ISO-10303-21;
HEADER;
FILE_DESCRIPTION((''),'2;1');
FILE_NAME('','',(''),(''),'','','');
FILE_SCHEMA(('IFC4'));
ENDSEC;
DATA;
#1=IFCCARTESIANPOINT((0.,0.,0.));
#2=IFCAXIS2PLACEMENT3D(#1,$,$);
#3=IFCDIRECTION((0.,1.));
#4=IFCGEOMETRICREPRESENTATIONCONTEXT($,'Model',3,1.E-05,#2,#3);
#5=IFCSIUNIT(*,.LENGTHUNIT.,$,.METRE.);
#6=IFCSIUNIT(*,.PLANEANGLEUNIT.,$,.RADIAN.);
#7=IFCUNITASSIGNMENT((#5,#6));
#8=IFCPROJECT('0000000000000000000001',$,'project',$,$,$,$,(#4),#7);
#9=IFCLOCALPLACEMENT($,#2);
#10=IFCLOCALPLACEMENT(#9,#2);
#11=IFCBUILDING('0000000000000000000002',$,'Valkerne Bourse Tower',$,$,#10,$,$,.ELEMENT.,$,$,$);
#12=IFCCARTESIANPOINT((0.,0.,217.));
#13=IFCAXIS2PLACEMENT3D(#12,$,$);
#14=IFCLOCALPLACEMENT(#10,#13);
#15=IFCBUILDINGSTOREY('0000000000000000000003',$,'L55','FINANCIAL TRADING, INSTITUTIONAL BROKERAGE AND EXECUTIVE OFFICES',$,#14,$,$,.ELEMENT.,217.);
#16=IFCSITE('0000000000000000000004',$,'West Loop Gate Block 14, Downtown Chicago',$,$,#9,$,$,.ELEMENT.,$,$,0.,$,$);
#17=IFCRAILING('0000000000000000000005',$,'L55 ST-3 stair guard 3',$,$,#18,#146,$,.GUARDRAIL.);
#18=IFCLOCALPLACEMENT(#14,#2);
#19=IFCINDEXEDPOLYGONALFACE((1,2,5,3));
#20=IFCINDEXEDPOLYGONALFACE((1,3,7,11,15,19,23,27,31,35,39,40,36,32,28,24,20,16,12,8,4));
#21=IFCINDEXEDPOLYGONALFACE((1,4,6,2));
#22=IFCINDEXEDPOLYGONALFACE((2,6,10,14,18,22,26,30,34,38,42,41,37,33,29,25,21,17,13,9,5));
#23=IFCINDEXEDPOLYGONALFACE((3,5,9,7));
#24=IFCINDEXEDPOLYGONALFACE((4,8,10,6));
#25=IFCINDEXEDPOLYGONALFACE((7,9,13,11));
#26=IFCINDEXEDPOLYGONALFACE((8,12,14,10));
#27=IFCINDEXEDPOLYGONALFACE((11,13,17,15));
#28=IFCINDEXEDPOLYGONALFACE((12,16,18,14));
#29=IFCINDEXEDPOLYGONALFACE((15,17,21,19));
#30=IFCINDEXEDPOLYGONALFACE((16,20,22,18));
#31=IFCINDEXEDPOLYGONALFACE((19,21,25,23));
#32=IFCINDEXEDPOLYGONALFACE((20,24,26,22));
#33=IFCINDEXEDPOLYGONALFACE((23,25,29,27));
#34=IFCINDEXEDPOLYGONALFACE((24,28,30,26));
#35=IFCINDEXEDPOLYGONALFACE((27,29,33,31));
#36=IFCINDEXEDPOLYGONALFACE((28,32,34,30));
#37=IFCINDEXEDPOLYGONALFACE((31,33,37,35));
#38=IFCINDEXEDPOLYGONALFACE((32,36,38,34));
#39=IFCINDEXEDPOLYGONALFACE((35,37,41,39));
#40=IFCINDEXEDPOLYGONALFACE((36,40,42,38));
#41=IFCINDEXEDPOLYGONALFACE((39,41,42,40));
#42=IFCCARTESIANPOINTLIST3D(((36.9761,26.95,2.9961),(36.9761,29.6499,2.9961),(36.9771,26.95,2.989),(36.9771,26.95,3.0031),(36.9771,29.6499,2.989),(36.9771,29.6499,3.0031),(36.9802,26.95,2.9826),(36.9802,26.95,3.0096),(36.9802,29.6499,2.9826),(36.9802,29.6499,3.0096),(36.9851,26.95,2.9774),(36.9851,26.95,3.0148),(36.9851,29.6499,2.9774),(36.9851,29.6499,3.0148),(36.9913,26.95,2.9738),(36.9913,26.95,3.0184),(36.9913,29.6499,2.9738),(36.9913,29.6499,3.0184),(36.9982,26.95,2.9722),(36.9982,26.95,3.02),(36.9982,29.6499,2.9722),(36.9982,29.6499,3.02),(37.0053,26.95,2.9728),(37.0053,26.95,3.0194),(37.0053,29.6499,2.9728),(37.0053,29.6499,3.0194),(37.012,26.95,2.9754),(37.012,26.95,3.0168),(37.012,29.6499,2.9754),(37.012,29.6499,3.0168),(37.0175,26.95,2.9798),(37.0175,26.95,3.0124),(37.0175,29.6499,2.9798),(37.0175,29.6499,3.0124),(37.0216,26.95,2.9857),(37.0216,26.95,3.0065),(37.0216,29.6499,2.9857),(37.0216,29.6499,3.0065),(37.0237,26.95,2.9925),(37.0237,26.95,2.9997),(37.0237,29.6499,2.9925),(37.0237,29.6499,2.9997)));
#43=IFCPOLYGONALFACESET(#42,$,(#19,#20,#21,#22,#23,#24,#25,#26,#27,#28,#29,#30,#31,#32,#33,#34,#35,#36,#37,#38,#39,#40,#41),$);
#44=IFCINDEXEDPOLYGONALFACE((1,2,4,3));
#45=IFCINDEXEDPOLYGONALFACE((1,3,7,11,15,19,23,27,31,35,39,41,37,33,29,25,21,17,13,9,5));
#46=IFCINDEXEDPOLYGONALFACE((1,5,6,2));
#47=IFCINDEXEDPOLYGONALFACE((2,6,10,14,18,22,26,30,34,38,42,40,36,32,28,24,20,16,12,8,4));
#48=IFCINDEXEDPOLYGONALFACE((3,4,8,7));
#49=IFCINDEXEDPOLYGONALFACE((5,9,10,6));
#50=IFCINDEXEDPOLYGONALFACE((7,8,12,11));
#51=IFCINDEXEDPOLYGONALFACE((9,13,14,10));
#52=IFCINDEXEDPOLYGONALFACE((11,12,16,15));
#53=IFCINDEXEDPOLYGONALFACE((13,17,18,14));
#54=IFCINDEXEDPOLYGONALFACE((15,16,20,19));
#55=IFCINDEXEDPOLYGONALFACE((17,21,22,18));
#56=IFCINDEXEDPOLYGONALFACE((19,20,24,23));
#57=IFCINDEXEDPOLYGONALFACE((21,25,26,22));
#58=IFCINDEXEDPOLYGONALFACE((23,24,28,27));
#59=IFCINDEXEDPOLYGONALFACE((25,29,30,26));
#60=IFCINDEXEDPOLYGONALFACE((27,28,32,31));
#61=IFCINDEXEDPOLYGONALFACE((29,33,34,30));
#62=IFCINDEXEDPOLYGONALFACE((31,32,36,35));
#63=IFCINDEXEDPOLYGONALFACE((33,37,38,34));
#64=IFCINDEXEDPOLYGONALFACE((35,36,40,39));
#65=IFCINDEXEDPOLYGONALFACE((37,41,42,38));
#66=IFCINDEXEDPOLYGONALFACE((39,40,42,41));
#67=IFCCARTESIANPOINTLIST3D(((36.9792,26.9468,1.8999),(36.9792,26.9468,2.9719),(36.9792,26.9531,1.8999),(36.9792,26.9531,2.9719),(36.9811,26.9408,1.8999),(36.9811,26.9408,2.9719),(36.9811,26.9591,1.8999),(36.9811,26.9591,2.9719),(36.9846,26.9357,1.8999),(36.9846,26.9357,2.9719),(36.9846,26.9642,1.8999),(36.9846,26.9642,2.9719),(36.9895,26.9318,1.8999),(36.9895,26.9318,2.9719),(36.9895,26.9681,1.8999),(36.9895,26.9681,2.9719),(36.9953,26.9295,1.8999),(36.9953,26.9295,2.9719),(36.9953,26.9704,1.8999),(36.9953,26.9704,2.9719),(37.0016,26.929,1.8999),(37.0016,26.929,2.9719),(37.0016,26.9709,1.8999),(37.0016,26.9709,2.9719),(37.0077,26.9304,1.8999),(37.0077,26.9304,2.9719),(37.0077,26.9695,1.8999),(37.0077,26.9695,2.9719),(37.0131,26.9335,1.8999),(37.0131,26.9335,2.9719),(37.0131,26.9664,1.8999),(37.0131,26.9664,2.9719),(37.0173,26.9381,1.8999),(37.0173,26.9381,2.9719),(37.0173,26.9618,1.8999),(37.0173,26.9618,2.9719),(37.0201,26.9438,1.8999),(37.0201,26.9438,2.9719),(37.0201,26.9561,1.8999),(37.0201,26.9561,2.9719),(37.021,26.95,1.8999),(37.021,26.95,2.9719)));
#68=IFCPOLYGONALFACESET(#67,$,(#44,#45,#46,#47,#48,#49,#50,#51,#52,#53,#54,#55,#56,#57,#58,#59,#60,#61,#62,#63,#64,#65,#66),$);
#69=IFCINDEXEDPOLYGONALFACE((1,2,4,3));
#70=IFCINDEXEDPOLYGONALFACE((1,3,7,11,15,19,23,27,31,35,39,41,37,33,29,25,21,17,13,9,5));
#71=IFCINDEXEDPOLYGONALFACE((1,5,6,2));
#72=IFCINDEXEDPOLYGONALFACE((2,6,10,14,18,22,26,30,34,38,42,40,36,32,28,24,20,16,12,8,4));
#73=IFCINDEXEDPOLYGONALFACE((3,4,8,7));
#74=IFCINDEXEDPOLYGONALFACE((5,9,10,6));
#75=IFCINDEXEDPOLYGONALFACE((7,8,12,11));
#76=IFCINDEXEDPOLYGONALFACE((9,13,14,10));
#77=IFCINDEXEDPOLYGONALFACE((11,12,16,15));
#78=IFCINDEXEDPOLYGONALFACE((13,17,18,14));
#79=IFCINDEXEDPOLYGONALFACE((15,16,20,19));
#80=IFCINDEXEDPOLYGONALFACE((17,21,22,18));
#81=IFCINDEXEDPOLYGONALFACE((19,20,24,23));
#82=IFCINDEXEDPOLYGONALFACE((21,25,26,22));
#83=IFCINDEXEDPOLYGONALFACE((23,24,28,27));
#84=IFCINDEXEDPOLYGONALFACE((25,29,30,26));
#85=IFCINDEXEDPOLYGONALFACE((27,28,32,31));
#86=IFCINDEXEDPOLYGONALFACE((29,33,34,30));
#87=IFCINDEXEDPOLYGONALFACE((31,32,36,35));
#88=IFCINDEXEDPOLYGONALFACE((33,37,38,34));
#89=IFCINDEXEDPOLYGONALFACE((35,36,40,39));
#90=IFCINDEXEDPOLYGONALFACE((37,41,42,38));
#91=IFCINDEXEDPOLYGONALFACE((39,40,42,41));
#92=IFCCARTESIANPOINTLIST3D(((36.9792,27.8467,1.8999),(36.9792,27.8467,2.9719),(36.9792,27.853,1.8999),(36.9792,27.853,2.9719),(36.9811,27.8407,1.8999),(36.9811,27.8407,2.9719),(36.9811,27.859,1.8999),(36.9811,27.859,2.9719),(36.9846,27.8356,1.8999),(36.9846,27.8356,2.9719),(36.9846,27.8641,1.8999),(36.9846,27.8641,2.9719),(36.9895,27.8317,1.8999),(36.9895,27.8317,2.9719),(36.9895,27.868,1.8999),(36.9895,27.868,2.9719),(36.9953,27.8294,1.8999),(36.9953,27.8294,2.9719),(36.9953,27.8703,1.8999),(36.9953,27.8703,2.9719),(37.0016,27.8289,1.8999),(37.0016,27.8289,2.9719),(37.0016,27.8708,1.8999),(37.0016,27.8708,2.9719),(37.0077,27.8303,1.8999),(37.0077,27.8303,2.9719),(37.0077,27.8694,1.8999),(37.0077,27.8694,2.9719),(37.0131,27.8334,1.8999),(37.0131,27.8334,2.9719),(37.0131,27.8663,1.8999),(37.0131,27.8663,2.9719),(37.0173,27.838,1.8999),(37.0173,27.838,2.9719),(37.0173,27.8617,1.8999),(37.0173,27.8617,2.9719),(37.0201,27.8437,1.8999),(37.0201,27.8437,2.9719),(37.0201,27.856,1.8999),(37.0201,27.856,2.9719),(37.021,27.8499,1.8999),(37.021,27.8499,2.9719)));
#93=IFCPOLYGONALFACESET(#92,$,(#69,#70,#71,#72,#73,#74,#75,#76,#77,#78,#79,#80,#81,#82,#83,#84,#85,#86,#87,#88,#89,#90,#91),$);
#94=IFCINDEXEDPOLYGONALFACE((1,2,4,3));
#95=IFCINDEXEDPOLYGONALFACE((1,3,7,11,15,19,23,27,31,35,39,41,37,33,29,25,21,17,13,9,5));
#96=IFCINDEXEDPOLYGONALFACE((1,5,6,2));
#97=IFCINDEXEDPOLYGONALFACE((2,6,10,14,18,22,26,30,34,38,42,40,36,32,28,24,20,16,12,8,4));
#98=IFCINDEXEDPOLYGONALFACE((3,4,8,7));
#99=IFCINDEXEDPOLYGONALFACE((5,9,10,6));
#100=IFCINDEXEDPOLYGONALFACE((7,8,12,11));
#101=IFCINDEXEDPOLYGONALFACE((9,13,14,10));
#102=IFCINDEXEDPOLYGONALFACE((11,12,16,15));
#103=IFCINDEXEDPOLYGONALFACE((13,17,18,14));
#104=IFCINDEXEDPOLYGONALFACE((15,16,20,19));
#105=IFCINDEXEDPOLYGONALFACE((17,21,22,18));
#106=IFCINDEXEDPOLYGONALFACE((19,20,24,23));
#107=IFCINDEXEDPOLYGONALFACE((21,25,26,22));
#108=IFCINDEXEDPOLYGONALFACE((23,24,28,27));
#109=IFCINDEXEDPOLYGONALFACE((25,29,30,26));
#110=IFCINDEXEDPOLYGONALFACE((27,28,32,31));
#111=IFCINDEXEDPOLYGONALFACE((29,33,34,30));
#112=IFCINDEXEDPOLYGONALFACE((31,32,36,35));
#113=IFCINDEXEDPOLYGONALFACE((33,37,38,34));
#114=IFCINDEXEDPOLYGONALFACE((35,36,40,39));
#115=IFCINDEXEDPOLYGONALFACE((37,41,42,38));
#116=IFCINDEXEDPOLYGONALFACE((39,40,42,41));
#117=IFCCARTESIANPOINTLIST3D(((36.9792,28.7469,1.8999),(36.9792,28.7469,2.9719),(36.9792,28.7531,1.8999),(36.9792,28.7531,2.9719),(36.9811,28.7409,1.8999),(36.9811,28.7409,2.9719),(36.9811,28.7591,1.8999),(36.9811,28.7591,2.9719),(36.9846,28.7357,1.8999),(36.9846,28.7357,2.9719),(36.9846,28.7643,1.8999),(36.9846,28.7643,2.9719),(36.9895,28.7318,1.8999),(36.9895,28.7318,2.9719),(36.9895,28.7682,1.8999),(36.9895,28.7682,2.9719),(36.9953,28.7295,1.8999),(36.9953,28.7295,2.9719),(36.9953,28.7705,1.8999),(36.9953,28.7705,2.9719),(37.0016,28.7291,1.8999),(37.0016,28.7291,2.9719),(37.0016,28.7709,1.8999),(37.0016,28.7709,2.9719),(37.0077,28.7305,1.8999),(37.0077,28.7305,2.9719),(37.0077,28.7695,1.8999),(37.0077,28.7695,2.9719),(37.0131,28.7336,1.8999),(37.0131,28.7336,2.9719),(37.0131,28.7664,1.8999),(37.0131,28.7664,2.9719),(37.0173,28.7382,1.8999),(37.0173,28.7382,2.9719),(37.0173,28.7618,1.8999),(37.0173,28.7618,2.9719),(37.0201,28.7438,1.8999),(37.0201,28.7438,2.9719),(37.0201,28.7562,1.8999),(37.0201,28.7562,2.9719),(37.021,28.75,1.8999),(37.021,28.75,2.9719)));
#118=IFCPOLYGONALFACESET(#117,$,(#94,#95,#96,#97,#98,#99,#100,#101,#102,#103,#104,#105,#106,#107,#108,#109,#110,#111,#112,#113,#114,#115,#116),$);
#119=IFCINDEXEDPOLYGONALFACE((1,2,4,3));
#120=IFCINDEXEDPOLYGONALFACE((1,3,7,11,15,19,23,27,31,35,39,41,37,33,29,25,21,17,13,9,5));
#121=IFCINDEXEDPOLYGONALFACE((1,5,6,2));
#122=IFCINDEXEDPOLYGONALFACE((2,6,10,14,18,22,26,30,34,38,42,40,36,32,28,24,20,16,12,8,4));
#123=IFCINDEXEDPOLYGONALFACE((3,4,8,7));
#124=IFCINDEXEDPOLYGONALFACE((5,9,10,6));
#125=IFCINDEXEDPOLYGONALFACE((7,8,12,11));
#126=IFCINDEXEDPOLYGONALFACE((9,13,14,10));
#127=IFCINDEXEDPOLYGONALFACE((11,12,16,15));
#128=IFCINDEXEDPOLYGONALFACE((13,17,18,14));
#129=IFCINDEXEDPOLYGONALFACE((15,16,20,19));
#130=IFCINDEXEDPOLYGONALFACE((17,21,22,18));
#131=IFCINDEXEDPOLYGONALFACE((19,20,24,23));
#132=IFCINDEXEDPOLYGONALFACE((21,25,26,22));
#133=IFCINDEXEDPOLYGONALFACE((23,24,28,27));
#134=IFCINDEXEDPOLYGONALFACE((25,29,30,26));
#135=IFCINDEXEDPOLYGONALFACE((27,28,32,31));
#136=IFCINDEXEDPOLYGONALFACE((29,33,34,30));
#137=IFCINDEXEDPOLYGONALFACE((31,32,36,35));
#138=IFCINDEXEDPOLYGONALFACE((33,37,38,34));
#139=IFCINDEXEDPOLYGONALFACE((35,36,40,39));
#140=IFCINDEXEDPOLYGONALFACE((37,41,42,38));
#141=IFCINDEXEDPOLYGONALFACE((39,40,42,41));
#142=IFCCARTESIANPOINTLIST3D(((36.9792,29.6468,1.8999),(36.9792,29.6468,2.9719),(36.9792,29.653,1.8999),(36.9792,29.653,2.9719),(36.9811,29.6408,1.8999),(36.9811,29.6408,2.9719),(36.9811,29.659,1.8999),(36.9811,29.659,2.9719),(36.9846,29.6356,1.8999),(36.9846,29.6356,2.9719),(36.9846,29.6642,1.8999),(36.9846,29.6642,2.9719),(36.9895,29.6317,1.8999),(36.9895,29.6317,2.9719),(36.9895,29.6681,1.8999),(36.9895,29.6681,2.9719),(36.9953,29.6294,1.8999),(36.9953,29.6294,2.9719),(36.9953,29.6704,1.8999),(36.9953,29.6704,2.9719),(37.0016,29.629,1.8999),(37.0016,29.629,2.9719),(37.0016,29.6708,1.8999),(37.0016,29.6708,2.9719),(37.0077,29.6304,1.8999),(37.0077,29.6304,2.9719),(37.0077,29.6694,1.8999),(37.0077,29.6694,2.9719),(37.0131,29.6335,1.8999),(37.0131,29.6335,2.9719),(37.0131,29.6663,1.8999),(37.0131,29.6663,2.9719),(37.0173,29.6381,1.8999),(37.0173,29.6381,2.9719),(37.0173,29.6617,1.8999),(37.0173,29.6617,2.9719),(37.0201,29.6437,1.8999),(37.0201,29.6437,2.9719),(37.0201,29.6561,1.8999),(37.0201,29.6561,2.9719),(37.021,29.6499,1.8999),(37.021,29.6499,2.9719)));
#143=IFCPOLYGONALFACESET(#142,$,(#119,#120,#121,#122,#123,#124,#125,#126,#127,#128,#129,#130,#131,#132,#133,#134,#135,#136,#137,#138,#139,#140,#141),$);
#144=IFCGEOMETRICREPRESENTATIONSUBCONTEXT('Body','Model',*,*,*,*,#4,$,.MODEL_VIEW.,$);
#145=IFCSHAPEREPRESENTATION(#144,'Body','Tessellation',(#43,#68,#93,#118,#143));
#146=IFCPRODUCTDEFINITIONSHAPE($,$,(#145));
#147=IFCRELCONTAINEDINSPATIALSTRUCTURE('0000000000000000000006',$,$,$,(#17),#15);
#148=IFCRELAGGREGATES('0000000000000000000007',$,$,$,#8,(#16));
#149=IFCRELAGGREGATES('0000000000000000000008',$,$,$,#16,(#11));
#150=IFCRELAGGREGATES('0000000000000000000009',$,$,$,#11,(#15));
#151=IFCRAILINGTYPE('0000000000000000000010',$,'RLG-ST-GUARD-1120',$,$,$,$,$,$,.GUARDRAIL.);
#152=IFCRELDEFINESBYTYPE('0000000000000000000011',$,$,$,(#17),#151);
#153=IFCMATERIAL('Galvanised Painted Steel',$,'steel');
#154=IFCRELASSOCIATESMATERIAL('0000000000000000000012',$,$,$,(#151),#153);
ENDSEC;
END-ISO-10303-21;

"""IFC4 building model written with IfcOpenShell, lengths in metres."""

from ifc_helpers import new_model, si_unit, direction, frame, origin, origin_2d, place, context, subcontext, project, spatial, circle, extrude, material, type_object, element, save


model = new_model("IFC4")

# Units and contexts
model_context = context("Model", 3, precision=1e-05, world=origin(), true_north=direction((0.0, 1.0)))
body_context = subcontext(model_context, "Body", "Model", "MODEL_VIEW")
ifc_project = project(units=[si_unit("LENGTHUNIT", "METRE"), si_unit("PLANEANGLEUNIT", "RADIAN")], contexts=[model_context])

# Site, building, storey
site_placement = place(None, origin())
site = spatial("IfcSite", under=ifc_project, at=site_placement, Name="West Loop Gate Block 14, Downtown Chicago", CompositionType="ELEMENT", RefElevation=0.0)
building_placement = place(site_placement, origin())
building = spatial("IfcBuilding", under=site, at=building_placement, Name="Valkerne Bourse Tower", CompositionType="ELEMENT")
storey_placement = place(building_placement, frame((0.0, 0.0, 217.0)))
storey = spatial("IfcBuildingStorey", under=building, at=storey_placement, Name="L55", Description="FINANCIAL TRADING, INSTITUTIONAL BROKERAGE AND EXECUTIVE OFFICES", CompositionType="ELEMENT", Elevation=217.0)

# Railing
ifc_material_1 = material(Name="Galvanised Painted Steel", Category="steel")
railing_type_1 = type_object("IfcRailingType", Name="RLG-ST-GUARD-1120", PredefinedType="GUARDRAIL", material=ifc_material_1)
railing_1_placement = place(storey_placement, frame((37.0, 26.95, 1.8999)))
element("IfcRailing", 1, at=railing_1_placement, inside=storey, type_object=railing_type_1, Name="L55 ST-3 stair guard 3", PredefinedType="GUARDRAIL", context=body_context, shape_type="SweptSolid", body=[
    extrude(circle(Radius=0.0239, at=origin_2d()), frame((0.0, 0.0, 1.0962), z_axis=(0.0, 1.0, 0.0), x_axis=(-1.0, 0.0, 0.0)), (0.0, 0.0, 1.0), 2.7),
    extrude(circle(Radius=0.021, at=origin_2d()), origin(), (0.0, 0.0, 1.0), 1.072),
    extrude(circle(Radius=0.021, at=origin_2d()), frame((0.0, 0.8999, 0.0)), (0.0, 0.0, 1.0), 1.072),
    extrude(circle(Radius=0.021, at=origin_2d()), frame((0.0, 1.8, 0.0)), (0.0, 0.0, 1.0), 1.072),
    extrude(circle(Radius=0.021, at=origin_2d()), frame((0.0, 2.7, 0.0)), (0.0, 0.0, 1.0), 1.072),
])

save(model, "model.ifc")
